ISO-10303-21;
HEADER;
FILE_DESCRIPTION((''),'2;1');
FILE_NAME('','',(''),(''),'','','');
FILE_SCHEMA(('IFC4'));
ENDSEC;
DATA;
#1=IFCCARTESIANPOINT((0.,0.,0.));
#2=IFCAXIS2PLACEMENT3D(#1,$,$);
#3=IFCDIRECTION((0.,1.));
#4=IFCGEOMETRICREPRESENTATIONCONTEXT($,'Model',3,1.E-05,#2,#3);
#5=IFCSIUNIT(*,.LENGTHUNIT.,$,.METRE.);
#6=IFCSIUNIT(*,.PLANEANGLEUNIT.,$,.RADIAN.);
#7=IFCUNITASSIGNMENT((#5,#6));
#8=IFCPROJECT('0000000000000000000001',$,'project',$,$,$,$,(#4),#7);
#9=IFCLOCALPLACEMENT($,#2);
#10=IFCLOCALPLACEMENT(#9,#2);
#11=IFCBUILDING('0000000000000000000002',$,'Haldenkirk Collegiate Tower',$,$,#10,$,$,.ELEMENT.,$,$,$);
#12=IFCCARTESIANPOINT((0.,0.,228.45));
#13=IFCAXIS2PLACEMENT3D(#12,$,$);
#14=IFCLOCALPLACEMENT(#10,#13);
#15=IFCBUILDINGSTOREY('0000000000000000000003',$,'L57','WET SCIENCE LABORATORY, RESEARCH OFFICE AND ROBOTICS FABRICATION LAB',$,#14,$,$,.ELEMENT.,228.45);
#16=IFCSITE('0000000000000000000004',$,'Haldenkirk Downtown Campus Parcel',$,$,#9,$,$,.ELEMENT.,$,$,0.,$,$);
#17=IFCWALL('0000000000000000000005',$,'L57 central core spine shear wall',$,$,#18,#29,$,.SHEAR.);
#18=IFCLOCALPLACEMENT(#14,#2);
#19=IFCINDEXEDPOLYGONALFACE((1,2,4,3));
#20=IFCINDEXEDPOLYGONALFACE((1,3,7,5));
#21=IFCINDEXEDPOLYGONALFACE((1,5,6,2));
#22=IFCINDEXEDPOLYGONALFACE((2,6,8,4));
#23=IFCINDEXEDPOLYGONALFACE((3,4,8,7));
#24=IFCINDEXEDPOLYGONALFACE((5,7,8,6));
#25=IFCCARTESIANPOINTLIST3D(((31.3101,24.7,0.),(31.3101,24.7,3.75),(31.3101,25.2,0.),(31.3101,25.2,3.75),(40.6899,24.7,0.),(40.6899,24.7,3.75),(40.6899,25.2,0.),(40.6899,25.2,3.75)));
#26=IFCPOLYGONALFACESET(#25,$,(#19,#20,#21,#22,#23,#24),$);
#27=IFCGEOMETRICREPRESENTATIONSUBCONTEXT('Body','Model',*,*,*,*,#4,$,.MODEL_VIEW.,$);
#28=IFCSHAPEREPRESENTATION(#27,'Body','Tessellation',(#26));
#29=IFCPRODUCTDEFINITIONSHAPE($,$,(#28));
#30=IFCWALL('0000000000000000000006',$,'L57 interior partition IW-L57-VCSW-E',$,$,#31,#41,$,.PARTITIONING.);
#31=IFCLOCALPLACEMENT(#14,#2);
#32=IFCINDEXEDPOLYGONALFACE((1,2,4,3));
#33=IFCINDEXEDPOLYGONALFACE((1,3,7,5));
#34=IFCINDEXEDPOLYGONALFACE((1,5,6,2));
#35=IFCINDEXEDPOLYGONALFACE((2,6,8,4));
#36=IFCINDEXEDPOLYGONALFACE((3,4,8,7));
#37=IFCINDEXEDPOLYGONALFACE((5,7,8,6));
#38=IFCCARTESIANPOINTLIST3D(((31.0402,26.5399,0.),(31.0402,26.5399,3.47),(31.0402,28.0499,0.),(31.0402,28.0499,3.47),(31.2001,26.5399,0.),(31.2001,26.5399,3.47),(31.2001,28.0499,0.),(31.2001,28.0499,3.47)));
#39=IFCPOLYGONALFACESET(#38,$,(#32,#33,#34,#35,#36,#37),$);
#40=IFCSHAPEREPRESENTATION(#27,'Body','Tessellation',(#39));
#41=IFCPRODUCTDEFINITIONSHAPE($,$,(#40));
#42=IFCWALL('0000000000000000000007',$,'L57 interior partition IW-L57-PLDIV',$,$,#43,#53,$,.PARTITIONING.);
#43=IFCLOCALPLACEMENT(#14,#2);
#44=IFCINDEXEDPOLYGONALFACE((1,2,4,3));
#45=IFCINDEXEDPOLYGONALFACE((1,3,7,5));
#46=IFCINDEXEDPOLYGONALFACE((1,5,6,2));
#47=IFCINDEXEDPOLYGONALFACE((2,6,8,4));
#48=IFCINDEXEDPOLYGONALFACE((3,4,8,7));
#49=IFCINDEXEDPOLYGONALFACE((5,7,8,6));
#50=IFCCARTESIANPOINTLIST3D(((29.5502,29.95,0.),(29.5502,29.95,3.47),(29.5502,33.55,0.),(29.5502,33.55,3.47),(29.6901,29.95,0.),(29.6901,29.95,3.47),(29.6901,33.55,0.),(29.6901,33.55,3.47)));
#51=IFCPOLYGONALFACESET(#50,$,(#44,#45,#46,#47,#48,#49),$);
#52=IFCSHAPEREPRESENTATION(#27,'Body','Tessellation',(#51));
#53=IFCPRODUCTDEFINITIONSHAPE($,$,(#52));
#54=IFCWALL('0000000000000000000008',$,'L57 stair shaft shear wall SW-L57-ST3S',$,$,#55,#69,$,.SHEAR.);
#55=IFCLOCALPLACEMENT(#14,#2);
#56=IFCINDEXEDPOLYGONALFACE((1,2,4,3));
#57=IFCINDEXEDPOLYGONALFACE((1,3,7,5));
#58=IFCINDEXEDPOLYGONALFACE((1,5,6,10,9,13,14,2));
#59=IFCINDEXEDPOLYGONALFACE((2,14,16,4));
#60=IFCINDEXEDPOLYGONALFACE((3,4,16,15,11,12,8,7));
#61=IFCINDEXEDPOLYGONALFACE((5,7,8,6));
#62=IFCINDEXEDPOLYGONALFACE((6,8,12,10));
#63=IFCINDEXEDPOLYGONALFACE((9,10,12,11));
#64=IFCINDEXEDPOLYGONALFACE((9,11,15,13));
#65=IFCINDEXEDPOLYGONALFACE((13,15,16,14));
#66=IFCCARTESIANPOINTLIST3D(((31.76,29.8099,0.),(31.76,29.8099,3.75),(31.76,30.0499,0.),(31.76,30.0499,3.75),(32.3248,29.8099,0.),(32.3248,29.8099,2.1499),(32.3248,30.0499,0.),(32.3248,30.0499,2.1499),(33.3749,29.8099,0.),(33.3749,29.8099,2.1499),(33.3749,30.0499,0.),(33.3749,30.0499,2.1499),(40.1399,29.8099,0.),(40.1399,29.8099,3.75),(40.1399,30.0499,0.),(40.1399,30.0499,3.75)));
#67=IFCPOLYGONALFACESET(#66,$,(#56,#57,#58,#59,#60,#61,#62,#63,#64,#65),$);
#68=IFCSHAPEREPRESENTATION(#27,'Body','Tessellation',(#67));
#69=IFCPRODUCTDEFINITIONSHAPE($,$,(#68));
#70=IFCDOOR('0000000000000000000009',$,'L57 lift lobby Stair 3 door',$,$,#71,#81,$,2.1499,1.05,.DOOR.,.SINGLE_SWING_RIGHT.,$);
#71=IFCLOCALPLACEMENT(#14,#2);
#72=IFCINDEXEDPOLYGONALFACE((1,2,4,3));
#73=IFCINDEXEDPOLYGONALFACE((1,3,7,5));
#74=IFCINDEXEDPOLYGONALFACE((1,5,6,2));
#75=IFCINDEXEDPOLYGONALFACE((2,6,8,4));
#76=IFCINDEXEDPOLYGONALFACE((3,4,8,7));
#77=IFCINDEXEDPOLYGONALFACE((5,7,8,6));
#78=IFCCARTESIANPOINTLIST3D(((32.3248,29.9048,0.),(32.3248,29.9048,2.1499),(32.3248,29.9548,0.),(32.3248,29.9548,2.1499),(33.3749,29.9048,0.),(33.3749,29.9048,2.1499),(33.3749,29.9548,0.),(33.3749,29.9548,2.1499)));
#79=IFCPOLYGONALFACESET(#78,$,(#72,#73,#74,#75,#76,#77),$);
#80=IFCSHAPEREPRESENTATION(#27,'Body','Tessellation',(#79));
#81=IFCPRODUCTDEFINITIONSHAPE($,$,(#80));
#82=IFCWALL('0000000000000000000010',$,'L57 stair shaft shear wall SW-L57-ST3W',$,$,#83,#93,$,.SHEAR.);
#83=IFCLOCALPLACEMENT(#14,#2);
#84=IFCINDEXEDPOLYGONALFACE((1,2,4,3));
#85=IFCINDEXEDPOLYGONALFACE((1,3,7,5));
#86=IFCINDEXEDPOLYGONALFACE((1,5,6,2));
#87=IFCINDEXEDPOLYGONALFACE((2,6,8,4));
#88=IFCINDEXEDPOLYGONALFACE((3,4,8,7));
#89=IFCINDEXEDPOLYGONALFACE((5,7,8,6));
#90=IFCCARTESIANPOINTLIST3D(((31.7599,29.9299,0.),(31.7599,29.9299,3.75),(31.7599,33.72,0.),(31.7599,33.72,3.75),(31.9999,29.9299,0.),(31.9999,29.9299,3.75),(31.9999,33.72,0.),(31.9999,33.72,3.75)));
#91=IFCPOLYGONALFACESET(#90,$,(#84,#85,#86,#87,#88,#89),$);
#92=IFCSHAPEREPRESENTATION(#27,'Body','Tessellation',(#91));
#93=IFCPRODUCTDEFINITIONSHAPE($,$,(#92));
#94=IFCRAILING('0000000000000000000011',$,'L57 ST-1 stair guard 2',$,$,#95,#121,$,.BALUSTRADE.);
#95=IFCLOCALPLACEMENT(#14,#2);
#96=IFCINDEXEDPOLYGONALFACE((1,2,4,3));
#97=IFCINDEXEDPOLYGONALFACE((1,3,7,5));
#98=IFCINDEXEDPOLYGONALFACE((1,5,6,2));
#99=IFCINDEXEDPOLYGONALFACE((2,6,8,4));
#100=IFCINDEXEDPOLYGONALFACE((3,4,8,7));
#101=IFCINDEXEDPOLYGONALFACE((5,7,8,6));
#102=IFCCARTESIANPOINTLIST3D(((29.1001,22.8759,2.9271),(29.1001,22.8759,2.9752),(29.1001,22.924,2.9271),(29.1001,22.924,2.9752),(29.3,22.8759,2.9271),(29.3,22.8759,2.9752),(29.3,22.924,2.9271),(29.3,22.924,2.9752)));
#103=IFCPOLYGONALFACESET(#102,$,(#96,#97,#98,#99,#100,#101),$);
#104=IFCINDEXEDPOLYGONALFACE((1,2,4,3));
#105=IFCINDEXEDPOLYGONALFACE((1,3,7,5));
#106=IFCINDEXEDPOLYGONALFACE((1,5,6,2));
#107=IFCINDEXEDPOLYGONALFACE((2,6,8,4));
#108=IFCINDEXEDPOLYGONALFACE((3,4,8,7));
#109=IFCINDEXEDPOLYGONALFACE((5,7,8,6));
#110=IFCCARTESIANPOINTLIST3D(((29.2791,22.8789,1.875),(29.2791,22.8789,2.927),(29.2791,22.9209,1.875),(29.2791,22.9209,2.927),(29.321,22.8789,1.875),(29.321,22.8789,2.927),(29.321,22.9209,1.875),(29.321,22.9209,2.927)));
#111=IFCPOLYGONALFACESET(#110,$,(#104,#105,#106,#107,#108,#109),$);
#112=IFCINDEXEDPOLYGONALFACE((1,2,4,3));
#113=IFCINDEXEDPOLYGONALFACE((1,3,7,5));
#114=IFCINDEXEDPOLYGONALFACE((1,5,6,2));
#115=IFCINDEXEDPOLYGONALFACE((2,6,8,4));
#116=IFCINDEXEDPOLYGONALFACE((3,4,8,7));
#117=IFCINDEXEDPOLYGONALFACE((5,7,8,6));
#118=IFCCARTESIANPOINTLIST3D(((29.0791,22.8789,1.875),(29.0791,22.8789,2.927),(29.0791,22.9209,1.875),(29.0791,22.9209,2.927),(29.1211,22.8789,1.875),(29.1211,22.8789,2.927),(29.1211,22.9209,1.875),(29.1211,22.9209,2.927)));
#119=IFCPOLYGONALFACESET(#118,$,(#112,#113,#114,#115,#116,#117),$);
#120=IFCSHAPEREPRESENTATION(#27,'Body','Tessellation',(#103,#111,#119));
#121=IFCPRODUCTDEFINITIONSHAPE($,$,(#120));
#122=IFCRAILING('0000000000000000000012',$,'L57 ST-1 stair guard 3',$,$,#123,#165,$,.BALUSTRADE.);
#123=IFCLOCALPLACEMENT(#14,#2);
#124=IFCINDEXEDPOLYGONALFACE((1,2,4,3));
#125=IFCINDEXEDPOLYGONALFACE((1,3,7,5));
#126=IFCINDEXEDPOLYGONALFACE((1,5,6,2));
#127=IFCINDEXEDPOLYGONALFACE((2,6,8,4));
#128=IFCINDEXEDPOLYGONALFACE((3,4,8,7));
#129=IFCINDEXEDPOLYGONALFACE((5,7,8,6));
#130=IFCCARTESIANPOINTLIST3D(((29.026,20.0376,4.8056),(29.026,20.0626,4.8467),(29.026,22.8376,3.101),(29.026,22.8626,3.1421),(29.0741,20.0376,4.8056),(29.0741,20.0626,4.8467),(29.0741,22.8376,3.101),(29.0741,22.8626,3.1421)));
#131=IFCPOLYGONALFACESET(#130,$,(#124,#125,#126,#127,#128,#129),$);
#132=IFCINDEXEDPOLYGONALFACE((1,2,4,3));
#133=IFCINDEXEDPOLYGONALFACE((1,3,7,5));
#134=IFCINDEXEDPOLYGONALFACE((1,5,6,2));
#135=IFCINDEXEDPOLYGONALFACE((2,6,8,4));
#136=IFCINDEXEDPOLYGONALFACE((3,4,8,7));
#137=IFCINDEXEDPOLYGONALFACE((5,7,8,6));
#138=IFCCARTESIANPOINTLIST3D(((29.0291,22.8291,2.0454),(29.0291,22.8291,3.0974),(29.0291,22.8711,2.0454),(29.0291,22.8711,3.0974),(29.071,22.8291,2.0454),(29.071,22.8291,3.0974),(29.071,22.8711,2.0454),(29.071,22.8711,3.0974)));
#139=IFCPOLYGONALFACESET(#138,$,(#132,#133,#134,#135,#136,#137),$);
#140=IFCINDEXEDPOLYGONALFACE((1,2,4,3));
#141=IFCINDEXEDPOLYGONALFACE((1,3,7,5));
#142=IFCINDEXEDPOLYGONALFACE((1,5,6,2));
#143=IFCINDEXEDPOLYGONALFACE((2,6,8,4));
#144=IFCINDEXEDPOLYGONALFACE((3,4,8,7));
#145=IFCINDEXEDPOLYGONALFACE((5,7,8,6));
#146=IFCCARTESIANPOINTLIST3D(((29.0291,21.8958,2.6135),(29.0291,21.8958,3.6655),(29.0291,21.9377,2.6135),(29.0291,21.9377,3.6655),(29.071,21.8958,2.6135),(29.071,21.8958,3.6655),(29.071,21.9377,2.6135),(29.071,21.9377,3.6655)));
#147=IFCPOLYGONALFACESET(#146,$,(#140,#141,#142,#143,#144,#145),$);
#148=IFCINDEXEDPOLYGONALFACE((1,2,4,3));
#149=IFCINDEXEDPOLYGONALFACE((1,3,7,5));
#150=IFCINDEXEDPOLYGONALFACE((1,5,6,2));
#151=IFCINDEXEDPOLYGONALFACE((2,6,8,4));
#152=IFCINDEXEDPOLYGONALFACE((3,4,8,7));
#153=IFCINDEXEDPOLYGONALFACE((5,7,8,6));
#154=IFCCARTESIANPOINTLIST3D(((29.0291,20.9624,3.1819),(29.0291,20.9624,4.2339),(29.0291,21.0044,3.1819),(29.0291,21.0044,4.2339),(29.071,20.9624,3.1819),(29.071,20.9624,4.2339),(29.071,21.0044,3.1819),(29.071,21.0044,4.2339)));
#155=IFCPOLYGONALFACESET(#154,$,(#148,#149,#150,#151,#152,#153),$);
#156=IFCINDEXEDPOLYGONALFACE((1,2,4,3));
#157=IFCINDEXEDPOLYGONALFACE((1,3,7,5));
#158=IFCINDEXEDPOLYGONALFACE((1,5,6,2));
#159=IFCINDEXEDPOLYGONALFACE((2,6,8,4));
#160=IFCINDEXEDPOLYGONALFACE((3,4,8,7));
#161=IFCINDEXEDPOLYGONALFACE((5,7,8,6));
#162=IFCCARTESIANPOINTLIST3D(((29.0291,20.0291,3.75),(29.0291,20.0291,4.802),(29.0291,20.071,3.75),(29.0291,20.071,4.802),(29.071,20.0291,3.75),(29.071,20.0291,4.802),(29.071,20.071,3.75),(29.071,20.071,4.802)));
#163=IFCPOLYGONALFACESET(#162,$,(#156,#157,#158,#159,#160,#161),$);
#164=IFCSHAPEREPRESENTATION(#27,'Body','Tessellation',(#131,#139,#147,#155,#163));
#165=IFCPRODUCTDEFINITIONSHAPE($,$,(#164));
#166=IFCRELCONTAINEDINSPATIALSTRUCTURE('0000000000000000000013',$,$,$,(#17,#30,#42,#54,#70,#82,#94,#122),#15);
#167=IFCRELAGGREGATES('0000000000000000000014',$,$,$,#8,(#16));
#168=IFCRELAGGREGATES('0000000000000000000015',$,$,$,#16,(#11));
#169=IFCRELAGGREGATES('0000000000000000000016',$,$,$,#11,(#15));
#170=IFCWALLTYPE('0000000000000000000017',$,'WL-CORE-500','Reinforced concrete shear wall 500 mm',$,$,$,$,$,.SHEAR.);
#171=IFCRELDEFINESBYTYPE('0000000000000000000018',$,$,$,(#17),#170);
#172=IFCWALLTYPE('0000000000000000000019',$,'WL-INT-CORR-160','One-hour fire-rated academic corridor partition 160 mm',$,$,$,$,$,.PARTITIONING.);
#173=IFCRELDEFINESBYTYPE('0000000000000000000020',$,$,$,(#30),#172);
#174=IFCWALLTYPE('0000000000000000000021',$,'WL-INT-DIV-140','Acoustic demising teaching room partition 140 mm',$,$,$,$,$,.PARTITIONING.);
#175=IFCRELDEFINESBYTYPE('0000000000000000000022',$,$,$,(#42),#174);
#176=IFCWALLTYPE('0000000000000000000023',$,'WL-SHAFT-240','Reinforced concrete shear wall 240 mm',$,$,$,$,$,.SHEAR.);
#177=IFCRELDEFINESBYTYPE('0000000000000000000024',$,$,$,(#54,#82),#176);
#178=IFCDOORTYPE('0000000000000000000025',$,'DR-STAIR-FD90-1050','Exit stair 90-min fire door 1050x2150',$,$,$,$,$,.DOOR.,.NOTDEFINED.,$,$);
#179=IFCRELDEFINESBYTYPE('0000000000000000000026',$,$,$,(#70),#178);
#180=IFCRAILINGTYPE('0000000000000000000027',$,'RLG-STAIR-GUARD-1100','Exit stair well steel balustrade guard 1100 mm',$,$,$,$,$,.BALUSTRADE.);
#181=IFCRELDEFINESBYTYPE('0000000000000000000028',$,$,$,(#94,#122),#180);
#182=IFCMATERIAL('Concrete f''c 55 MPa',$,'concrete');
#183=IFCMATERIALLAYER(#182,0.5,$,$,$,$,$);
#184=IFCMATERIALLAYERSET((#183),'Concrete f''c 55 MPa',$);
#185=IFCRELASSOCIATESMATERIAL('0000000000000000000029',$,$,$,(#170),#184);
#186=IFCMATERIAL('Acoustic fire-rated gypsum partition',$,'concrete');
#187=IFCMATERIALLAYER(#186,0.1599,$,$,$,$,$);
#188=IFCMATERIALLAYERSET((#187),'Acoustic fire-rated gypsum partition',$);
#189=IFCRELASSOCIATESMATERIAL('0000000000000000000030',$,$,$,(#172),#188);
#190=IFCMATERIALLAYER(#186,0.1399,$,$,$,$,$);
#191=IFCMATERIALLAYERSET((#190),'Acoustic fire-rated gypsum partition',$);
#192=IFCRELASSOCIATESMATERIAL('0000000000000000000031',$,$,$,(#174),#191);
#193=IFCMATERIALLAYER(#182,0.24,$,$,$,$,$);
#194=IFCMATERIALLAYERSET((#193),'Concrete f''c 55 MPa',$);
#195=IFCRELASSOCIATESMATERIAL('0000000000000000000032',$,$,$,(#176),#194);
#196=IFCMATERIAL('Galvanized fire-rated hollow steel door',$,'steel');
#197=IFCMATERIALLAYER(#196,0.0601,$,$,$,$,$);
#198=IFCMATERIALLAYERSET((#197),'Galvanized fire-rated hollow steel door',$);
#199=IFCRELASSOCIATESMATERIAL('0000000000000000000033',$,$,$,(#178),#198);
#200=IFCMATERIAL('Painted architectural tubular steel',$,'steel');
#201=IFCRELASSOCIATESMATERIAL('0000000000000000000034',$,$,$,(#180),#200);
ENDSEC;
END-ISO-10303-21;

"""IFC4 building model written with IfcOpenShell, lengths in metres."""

from ifc_helpers import new_model, si_unit, direction, frame, frame_2d, origin, origin_2d, place, context, subcontext, project, spatial, rectangle, extrude, material, layer, layer_set, type_object, element, fill, save


model = new_model("IFC4")

# Units and contexts
model_context = context("Model", 3, precision=1e-05, world=origin(), true_north=direction((0.0, 1.0)))
body_context = subcontext(model_context, "Body", "Model", "MODEL_VIEW")
ifc_project = project(units=[si_unit("LENGTHUNIT", "METRE"), si_unit("PLANEANGLEUNIT", "RADIAN")], contexts=[model_context])

# Site, building, storey
site_placement = place(None, origin())
site = spatial("IfcSite", under=ifc_project, at=site_placement, Name="Haldenkirk Downtown Campus Parcel", CompositionType="ELEMENT", RefElevation=0.0)
building_placement = place(site_placement, origin())
building = spatial("IfcBuilding", under=site, at=building_placement, Name="Haldenkirk Collegiate Tower", CompositionType="ELEMENT")
storey_placement = place(building_placement, frame((0.0, 0.0, 228.45)))
storey = spatial("IfcBuildingStorey", under=building, at=storey_placement, Name="L57", Description="WET SCIENCE LABORATORY, RESEARCH OFFICE AND ROBOTICS FABRICATION LAB", CompositionType="ELEMENT", Elevation=228.45)

# Walls
ifc_material_1 = material(Name="Concrete f'c 55 MPa", Category="concrete")
ifc_layer_1 = layer(ifc_material_1, 0.5)
ifc_layer_set_1 = layer_set([ifc_layer_1], Name="Concrete f'c 55 MPa")
wall_type_1 = type_object("IfcWallType", Name="WL-CORE-500", Description="Reinforced concrete shear wall 500 mm", PredefinedType="SHEAR", material=ifc_layer_set_1)
wall_1_placement = place(storey_placement, frame((31.3101, 24.95, 0.0), z_axis=(0.0, 0.0, 1.0), x_axis=(1.0, 0.0, 0.0)))
element("IfcWall", 1, at=wall_1_placement, inside=storey, type_object=wall_type_1, Name="L57 central core spine shear wall", PredefinedType="SHEAR", context=body_context, shape_type="SweptSolid", body=[
    extrude(rectangle(XDim=9.3799, YDim=0.5, at=frame_2d((4.6899, 0.0))), origin(), (0.0, 0.0, 1.0), 3.75),
])
ifc_material_2 = material(Name="Acoustic fire-rated gypsum partition", Category="concrete")
ifc_layer_2 = layer(ifc_material_2, 0.1599)
ifc_layer_set_2 = layer_set([ifc_layer_2], Name="Acoustic fire-rated gypsum partition")
wall_type_2 = type_object("IfcWallType", Name="WL-INT-CORR-160", Description="One-hour fire-rated academic corridor partition 160 mm", PredefinedType="PARTITIONING", material=ifc_layer_set_2)
wall_2_placement = place(storey_placement, frame((31.1201, 26.54, 0.0), z_axis=(0.0, 0.0, 1.0), x_axis=(0.0, 1.0, 0.0)))
element("IfcWall", 2, at=wall_2_placement, inside=storey, type_object=wall_type_2, Name="L57 interior partition IW-L57-VCSW-E", PredefinedType="PARTITIONING", context=body_context, shape_type="SweptSolid", body=[
    extrude(rectangle(XDim=1.51, YDim=0.1599, at=frame_2d((0.7549, 0.0))), origin(), (0.0, 0.0, 1.0), 3.47),
])
ifc_layer_3 = layer(ifc_material_2, 0.1399)
ifc_layer_set_3 = layer_set([ifc_layer_3], Name="Acoustic fire-rated gypsum partition")
wall_type_3 = type_object("IfcWallType", Name="WL-INT-DIV-140", Description="Acoustic demising teaching room partition 140 mm", PredefinedType="PARTITIONING", material=ifc_layer_set_3)
wall_3_placement = place(storey_placement, frame((29.6201, 29.95, 0.0), z_axis=(0.0, 0.0, 1.0), x_axis=(0.0, 1.0, 0.0)))
element("IfcWall", 3, at=wall_3_placement, inside=storey, type_object=wall_type_3, Name="L57 interior partition IW-L57-PLDIV", PredefinedType="PARTITIONING", context=body_context, shape_type="SweptSolid", body=[
    extrude(rectangle(XDim=3.6001, YDim=0.1399, at=frame_2d((1.8, 0.0))), origin(), (0.0, 0.0, 1.0), 3.47),
])

# Shared definitions
ifc_material_3 = material(Name="Galvanized fire-rated hollow steel door", Category="steel")

# Wall, opening, door
ifc_layer_4 = layer(ifc_material_1, 0.24)
ifc_layer_set_4 = layer_set([ifc_layer_4], Name="Concrete f'c 55 MPa")
wall_type_4 = type_object("IfcWallType", Name="WL-SHAFT-240", Description="Reinforced concrete shear wall 240 mm", PredefinedType="SHEAR", material=ifc_layer_set_4)
wall_4_placement = place(storey_placement, frame((31.76, 29.9299, 0.0), z_axis=(0.0, 0.0, 1.0), x_axis=(1.0, 0.0, 0.0)))
wall_4 = element("IfcWall", 4, at=wall_4_placement, inside=storey, type_object=wall_type_4, Name="L57 stair shaft shear wall SW-L57-ST3S", PredefinedType="SHEAR", context=body_context, shape_type="SweptSolid", body=[
    extrude(rectangle(XDim=8.3799, YDim=0.24, at=frame_2d((4.1899, 0.0))), origin(), (0.0, 0.0, 1.0), 3.75),
])
opening_1_placement = place(wall_4_placement, frame((0.5649, 0.0, 0.0)))
opening_1 = element("IfcOpeningElement", 5, at=opening_1_placement, cuts=wall_4, PredefinedType="OPENING", context=body_context, shape_type="SweptSolid", body=[
    extrude(rectangle(XDim=1.05, YDim=2.1499, at=frame_2d((0.5249, 1.075))), frame((0.0, 0.1299, 0.0), z_axis=(0.0, -1.0, 0.0), x_axis=(1.0, 0.0, 0.0)), (0.0, 0.0, 1.0), 0.26),
])
ifc_layer_5 = layer(ifc_material_3, 0.0601)
ifc_layer_set_5 = layer_set([ifc_layer_5], Name="Galvanized fire-rated hollow steel door")
door_type_1 = type_object("IfcDoorType", Name="DR-STAIR-FD90-1050", Description="Exit stair 90-min fire door 1050x2150", OperationType="NOTDEFINED", PredefinedType="DOOR", material=ifc_layer_set_5)
door_1_placement = place(opening_1_placement, origin())
door_1 = element("IfcDoor", 6, at=door_1_placement, inside=storey, type_object=door_type_1, Name="L57 lift lobby Stair 3 door", OperationType="SINGLE_SWING_RIGHT", OverallHeight=2.1499, OverallWidth=1.05, PredefinedType="DOOR", context=body_context, shape_type="SweptSolid", body=[
    extrude(rectangle(XDim=1.05, YDim=2.1499, at=frame_2d((0.5249, 1.075))), frame((0.0, 0.0249, 0.0), z_axis=(0.0, -1.0, 0.0), x_axis=(1.0, 0.0, 0.0)), (0.0, 0.0, 1.0), 0.05),
])
fill(opening_1, door_1)

# Wall
wall_5_placement = place(storey_placement, frame((31.8799, 29.9299, 0.0), z_axis=(0.0, 0.0, 1.0), x_axis=(0.0, 1.0, 0.0)))
element("IfcWall", 7, at=wall_5_placement, inside=storey, type_object=wall_type_4, Name="L57 stair shaft shear wall SW-L57-ST3W", PredefinedType="SHEAR", context=body_context, shape_type="SweptSolid", body=[
    extrude(rectangle(XDim=3.79, YDim=0.24, at=frame_2d((1.895, 0.0))), origin(), (0.0, 0.0, 1.0), 3.75),
])

# Railings
ifc_material_4 = material(Name="Painted architectural tubular steel", Category="steel")
railing_type = type_object("IfcRailingType", Name="RLG-STAIR-GUARD-1100", Description="Exit stair well steel balustrade guard 1100 mm", PredefinedType="BALUSTRADE", material=ifc_material_4)
railing_1_placement = place(storey_placement, frame((29.3, 22.8999, 1.875)))
element("IfcRailing", 8, at=railing_1_placement, inside=storey, type_object=railing_type, Name="L57 ST-1 stair guard 2", PredefinedType="BALUSTRADE", context=body_context, shape_type="SweptSolid", body=[
    extrude(rectangle(XDim=0.0481, YDim=0.0481, at=origin_2d()), frame((0.0, 0.0, 1.0762), z_axis=(-1.0, 0.0, 0.0), x_axis=(0.0, -1.0, 0.0)), (0.0, 0.0, 1.0), 0.2),
    extrude(rectangle(XDim=0.042, YDim=0.042, at=origin_2d()), origin(), (0.0, 0.0, 1.0), 1.052),
    extrude(rectangle(XDim=0.042, YDim=0.042, at=origin_2d()), frame((-0.2, 0.0, 0.0)), (0.0, 0.0, 1.0), 1.052),
])
railing_2_placement = place(storey_placement, frame((29.05, 22.8501, 2.0454)))
element("IfcRailing", 9, at=railing_2_placement, inside=storey, type_object=railing_type, Name="L57 ST-1 stair guard 3", PredefinedType="BALUSTRADE", context=body_context, shape_type="SweptSolid", body=[
    extrude(rectangle(XDim=0.0481, YDim=0.0481, at=origin_2d()), frame((0.0, 0.0, 1.0762), z_axis=(0.0, -0.85417, 0.519994), x_axis=(1.0, 0.0, 0.0)), (0.0, 0.0, 1.0), 3.2781),
    extrude(rectangle(XDim=0.042, YDim=0.042, at=origin_2d()), origin(), (0.0, 0.0, 1.0), 1.052),
    extrude(rectangle(XDim=0.042, YDim=0.042, at=origin_2d()), frame((0.0, -0.9333, 0.5681)), (0.0, 0.0, 1.0), 1.052),
    extrude(rectangle(XDim=0.042, YDim=0.042, at=origin_2d()), frame((0.0, -1.8667, 1.1365)), (0.0, 0.0, 1.0), 1.052),
    extrude(rectangle(XDim=0.042, YDim=0.042, at=origin_2d()), frame((0.0, -2.8, 1.7046)), (0.0, 0.0, 1.0), 1.052),
])

save(model, "model.ifc")
